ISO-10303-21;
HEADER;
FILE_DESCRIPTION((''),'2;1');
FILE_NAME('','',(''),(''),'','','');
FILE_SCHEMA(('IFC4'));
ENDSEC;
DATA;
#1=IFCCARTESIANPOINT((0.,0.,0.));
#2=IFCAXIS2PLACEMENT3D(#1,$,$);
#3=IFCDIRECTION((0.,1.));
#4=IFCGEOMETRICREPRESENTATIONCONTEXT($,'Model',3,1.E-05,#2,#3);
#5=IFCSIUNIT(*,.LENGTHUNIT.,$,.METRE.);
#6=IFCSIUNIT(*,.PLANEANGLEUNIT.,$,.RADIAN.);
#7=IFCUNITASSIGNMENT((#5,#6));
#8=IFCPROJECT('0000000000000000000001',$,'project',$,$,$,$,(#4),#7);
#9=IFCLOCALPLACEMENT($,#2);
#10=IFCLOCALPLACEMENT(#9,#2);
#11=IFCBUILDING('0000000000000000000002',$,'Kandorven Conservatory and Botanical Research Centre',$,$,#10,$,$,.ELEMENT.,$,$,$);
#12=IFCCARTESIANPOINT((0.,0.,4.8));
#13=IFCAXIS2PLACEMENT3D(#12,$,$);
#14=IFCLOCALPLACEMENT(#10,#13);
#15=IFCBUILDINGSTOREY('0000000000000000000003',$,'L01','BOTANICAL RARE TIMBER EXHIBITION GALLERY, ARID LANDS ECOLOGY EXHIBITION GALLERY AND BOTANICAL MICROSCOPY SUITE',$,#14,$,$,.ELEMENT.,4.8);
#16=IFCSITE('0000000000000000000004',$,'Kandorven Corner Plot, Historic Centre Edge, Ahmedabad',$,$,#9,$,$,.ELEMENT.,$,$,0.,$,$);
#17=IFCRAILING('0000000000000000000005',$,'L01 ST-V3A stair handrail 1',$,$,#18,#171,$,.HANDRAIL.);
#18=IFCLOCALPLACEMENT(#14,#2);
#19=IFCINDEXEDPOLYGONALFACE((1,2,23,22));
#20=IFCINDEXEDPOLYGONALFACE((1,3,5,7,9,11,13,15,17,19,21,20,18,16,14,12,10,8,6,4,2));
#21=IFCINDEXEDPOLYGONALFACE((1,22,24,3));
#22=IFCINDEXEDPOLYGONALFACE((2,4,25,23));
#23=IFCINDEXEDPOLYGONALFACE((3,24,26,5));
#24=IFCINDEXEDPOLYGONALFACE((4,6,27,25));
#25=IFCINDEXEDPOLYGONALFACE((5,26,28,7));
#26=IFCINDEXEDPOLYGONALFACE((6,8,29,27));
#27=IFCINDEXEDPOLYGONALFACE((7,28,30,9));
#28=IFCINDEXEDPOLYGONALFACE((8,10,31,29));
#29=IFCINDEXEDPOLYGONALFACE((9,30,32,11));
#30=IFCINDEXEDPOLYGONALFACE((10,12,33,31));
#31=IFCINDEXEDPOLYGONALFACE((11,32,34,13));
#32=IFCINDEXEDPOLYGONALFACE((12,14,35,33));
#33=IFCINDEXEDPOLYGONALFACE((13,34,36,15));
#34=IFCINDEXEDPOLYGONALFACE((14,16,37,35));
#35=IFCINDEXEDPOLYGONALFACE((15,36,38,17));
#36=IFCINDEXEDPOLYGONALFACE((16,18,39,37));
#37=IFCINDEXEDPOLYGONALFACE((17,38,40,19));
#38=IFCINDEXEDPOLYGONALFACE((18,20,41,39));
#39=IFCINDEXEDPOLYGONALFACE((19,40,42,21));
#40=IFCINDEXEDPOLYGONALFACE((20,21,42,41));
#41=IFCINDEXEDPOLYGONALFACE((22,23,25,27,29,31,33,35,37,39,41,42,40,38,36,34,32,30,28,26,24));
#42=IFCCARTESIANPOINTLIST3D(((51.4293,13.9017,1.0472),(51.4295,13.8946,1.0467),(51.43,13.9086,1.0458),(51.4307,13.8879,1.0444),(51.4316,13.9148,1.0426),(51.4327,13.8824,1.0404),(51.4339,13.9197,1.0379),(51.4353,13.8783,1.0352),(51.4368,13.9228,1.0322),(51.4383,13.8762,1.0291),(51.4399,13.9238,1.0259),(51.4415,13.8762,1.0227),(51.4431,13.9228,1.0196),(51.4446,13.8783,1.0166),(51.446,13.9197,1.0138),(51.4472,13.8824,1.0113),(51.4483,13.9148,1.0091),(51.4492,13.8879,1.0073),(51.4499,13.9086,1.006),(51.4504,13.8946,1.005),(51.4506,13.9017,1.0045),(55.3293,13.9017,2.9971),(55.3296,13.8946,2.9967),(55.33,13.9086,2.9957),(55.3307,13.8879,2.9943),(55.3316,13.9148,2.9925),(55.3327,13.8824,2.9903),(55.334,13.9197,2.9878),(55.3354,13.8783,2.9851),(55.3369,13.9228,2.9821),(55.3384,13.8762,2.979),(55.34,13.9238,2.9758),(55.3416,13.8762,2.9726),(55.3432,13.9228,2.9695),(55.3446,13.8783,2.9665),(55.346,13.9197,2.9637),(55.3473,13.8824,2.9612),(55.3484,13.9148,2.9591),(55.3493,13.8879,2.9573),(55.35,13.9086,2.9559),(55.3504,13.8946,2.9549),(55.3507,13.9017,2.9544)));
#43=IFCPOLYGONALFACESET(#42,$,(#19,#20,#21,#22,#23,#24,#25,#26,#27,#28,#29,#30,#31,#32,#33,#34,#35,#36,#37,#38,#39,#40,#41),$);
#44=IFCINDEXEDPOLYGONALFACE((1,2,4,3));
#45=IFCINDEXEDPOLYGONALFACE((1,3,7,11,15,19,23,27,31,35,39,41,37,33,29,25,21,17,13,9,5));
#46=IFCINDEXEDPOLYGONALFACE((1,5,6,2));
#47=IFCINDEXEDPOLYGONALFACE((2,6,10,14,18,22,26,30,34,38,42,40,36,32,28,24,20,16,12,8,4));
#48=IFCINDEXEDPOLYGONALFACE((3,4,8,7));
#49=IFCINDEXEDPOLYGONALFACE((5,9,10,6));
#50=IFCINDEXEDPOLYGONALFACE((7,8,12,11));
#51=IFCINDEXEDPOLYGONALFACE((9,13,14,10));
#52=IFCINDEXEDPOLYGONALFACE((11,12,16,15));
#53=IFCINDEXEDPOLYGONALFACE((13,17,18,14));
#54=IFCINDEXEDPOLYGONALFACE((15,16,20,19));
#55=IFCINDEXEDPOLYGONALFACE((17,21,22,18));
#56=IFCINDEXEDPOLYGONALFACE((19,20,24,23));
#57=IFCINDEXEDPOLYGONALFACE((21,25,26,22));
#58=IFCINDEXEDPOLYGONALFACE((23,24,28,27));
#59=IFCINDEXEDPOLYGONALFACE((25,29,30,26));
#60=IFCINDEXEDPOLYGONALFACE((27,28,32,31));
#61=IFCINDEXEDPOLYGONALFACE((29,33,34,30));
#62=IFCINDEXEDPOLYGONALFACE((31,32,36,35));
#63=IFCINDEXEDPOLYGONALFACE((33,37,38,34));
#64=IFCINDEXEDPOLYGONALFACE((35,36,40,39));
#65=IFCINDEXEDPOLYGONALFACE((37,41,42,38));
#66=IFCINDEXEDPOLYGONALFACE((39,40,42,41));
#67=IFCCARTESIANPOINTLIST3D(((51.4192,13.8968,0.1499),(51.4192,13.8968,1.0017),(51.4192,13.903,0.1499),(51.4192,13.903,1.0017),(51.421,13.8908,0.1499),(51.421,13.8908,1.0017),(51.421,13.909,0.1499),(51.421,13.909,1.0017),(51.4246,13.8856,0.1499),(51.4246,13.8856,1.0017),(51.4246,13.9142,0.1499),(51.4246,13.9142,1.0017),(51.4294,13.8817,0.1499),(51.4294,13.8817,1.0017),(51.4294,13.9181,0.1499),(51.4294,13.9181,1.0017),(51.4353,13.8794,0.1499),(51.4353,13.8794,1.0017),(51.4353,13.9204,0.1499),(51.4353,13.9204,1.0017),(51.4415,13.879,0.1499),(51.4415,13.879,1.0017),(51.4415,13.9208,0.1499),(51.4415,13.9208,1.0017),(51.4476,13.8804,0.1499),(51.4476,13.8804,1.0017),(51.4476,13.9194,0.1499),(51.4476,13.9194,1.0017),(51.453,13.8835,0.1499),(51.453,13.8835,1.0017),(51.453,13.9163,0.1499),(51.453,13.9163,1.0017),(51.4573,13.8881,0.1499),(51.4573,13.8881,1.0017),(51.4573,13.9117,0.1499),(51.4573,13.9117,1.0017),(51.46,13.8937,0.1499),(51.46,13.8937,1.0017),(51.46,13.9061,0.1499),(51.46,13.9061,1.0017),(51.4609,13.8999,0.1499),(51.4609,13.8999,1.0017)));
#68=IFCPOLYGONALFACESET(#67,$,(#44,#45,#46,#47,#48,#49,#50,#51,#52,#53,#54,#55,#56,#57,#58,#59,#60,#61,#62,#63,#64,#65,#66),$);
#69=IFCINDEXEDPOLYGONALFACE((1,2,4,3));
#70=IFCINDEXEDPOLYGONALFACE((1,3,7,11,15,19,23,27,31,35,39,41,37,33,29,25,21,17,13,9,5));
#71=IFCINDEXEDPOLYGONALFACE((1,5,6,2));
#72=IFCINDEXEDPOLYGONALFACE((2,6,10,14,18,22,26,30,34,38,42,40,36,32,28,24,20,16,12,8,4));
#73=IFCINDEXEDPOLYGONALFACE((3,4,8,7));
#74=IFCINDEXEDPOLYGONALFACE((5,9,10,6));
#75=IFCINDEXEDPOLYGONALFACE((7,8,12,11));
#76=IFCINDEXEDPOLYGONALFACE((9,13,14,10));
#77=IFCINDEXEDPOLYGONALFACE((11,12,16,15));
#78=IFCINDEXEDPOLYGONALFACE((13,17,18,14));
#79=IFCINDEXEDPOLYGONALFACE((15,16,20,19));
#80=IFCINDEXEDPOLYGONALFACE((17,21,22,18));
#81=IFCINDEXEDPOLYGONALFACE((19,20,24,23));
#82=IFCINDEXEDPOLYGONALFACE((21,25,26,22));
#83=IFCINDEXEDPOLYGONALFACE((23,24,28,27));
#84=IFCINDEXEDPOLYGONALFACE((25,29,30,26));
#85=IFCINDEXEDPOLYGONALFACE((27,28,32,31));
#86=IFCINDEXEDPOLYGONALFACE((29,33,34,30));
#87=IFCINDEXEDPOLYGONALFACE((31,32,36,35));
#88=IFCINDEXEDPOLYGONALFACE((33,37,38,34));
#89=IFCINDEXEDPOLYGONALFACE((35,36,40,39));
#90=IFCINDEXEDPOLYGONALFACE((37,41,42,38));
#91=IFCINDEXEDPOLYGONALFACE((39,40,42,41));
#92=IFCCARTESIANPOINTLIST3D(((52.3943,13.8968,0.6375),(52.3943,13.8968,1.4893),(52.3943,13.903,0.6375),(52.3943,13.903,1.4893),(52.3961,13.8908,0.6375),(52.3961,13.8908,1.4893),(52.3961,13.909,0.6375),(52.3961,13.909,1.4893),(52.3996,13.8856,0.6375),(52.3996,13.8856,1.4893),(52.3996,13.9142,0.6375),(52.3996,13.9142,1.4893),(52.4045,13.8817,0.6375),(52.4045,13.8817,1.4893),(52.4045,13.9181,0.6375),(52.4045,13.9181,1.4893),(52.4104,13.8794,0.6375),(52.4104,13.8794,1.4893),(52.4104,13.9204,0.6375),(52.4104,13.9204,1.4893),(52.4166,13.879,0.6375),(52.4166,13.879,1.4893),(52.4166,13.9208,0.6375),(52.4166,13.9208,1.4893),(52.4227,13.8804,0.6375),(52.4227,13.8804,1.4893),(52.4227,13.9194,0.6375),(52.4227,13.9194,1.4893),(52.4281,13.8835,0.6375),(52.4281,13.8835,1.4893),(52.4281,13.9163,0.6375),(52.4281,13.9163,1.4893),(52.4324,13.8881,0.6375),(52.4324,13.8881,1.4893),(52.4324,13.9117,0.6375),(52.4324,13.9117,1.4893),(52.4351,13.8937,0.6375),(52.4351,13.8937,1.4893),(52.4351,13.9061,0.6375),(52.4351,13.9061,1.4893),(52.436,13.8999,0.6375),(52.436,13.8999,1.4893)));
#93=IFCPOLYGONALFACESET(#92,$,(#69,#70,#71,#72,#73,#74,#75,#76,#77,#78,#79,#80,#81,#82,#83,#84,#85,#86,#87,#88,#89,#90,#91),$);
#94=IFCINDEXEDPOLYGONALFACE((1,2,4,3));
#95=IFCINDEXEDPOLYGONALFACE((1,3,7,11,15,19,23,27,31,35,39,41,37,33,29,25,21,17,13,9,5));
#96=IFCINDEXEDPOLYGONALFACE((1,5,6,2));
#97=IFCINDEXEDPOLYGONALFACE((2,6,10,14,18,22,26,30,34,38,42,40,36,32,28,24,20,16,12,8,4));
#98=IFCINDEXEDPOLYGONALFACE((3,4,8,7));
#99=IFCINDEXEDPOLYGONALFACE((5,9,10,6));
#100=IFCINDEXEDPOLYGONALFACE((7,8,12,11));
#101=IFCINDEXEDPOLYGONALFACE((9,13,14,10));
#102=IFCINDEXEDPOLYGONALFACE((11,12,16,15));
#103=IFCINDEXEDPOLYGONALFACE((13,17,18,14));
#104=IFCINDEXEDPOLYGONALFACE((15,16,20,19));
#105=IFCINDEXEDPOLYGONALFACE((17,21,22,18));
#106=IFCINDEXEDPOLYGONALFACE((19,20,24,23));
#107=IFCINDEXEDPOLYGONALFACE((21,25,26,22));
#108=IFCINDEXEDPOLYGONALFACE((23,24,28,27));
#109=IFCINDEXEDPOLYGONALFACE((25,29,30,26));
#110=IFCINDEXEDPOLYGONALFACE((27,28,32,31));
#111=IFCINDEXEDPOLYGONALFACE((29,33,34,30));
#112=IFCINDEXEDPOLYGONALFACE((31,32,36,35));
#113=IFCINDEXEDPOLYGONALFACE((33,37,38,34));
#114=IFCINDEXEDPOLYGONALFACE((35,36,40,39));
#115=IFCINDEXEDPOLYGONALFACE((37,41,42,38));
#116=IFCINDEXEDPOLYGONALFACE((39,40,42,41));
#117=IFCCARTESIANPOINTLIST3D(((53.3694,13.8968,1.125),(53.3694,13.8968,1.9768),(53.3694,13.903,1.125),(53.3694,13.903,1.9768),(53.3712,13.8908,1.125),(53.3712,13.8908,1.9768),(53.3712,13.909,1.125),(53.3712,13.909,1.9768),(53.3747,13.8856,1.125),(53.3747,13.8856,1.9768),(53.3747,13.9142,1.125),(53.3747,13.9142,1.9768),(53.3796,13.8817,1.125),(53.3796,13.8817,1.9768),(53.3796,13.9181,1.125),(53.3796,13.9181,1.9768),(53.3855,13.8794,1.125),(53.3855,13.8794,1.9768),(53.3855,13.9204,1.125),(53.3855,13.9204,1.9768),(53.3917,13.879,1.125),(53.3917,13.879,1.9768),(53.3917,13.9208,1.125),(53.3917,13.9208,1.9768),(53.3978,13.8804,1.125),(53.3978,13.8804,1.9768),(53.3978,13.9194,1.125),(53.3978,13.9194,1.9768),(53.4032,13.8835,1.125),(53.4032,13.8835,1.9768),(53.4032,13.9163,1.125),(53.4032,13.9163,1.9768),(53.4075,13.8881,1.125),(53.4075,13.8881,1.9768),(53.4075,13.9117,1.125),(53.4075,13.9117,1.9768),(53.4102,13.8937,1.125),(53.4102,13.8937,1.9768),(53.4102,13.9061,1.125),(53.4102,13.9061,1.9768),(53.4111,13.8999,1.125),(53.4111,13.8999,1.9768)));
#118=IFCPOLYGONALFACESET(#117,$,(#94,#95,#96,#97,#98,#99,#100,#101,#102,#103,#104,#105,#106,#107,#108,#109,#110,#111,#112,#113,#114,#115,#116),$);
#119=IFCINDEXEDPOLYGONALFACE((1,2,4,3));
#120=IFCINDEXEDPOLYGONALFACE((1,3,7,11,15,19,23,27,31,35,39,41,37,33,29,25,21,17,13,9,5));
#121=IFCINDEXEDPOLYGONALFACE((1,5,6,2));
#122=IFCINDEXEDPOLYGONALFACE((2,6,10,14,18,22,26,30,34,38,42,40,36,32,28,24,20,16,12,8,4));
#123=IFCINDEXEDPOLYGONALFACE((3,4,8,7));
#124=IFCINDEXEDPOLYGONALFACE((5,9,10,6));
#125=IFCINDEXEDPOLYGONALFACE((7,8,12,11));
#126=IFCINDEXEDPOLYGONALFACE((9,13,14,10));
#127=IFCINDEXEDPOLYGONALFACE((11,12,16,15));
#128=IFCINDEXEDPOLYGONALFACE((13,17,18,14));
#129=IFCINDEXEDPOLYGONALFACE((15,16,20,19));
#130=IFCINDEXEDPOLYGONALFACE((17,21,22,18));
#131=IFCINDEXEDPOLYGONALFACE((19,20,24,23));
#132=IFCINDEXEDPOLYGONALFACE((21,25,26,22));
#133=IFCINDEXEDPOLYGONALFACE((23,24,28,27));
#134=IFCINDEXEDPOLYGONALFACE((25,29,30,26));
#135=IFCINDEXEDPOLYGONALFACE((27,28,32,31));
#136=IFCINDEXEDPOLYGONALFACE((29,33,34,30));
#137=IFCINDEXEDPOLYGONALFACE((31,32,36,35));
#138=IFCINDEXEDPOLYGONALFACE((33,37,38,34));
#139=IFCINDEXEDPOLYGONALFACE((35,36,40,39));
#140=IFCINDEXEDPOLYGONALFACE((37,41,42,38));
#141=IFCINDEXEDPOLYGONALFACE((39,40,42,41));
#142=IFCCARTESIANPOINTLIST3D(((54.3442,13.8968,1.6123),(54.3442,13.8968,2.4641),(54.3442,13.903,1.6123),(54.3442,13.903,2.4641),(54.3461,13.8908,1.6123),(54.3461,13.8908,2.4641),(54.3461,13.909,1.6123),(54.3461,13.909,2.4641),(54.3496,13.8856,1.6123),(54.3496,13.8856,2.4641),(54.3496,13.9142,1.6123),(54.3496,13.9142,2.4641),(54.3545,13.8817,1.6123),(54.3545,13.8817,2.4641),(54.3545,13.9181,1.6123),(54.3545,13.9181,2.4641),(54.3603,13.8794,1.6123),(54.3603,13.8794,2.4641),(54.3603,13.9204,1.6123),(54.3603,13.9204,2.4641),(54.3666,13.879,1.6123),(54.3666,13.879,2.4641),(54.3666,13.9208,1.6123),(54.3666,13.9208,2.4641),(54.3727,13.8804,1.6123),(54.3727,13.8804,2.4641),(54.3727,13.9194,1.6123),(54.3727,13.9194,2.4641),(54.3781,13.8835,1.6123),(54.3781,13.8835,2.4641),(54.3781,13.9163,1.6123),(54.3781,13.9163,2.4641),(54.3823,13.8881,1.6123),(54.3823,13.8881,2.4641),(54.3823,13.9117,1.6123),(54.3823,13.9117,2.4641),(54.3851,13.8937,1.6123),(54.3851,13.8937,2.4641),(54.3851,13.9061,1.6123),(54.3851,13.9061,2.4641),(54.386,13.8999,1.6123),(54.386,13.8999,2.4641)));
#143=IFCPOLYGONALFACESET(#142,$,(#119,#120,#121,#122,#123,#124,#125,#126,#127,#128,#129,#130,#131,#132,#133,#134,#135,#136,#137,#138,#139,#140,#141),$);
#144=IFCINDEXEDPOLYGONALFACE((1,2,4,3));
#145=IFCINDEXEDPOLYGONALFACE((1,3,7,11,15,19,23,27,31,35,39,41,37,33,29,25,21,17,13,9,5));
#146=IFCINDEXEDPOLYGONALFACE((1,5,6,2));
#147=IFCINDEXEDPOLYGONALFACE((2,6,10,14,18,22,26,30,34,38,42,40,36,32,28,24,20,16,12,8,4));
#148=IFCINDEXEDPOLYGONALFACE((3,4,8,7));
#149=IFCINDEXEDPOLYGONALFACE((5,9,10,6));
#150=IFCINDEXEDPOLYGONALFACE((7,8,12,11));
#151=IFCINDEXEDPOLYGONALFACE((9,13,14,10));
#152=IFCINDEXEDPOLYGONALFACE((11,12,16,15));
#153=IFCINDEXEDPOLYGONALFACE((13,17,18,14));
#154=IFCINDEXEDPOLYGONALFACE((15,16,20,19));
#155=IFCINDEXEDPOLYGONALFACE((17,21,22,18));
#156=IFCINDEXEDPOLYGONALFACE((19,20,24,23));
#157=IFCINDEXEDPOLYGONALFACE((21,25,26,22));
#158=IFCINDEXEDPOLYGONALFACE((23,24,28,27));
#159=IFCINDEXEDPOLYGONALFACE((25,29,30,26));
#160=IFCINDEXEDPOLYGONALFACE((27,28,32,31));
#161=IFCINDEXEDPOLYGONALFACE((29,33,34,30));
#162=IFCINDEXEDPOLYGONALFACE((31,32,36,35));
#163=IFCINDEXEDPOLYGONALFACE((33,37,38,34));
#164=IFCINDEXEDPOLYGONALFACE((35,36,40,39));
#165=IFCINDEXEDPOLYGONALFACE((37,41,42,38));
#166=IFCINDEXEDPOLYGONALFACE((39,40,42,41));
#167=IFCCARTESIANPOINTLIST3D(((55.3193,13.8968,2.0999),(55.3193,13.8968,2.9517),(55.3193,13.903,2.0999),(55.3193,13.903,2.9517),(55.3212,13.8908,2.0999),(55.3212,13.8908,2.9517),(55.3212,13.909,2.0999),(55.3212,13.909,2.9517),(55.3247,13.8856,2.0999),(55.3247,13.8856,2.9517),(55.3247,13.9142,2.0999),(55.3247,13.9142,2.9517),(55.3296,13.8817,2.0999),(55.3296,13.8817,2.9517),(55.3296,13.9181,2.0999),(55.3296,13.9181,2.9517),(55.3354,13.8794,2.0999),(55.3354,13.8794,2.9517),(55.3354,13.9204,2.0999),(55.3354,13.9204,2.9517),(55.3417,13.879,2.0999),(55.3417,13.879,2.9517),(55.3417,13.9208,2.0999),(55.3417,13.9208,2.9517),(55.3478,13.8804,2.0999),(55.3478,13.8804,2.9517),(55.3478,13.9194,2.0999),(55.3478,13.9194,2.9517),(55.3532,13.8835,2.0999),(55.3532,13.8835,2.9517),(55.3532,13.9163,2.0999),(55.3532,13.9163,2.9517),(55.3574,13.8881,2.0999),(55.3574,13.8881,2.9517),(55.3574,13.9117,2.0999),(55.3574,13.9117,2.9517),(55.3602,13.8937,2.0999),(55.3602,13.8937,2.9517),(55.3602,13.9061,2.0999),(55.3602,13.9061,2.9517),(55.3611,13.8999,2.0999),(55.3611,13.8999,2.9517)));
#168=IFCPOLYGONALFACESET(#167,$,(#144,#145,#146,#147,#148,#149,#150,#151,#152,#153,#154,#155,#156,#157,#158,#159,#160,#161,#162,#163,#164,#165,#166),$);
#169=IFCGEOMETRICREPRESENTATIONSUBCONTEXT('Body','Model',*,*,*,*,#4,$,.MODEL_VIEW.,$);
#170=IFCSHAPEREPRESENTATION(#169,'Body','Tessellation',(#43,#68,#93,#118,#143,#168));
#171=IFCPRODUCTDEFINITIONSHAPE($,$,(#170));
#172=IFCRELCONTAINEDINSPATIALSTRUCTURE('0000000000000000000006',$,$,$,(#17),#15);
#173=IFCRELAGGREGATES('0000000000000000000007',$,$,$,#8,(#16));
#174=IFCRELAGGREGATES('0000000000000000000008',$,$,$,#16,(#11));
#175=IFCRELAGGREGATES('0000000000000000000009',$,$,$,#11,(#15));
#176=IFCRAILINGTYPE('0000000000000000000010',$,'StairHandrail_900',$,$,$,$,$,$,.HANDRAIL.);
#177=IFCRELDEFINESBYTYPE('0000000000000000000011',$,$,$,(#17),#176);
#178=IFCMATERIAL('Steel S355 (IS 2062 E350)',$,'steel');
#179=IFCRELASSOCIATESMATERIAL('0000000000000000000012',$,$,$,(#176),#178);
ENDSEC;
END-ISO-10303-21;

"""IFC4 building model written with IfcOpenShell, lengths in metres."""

from ifc_helpers import new_model, si_unit, direction, frame, origin, origin_2d, place, context, subcontext, project, spatial, circle, extrude, material, type_object, element, save


model = new_model("IFC4")

# Units and contexts
model_context = context("Model", 3, precision=1e-05, world=origin(), true_north=direction((0.0, 1.0)))
body_context = subcontext(model_context, "Body", "Model", "MODEL_VIEW")
ifc_project = project(units=[si_unit("LENGTHUNIT", "METRE"), si_unit("PLANEANGLEUNIT", "RADIAN")], contexts=[model_context])

# Site, building, storey
site_placement = place(None, origin())
site = spatial("IfcSite", under=ifc_project, at=site_placement, Name="Kandorven Corner Plot, Historic Centre Edge, Ahmedabad", CompositionType="ELEMENT", RefElevation=0.0)
building_placement = place(site_placement, origin())
building = spatial("IfcBuilding", under=site, at=building_placement, Name="Kandorven Conservatory and Botanical Research Centre", CompositionType="ELEMENT")
storey_placement = place(building_placement, frame((0.0, 0.0, 4.8)))
storey = spatial("IfcBuildingStorey", under=building, at=storey_placement, Name="L01", Description="BOTANICAL RARE TIMBER EXHIBITION GALLERY, ARID LANDS ECOLOGY EXHIBITION GALLERY AND BOTANICAL MICROSCOPY SUITE", CompositionType="ELEMENT", Elevation=4.8)

# Railing
ifc_material_1 = material(Name="Steel S355 (IS 2062 E350)", Category="steel")
railing_type_1 = type_object("IfcRailingType", Name="StairHandrail_900", PredefinedType="HANDRAIL", material=ifc_material_1)
railing_1_placement = place(storey_placement, frame((51.4399, 13.8999, 0.1499)))
element("IfcRailing", 1, at=railing_1_placement, inside=storey, type_object=railing_type_1, Name="L01 ST-V3A stair handrail 1", PredefinedType="HANDRAIL", context=body_context, shape_type="SweptSolid", body=[
    extrude(circle(Radius=0.0239, at=origin_2d()), frame((0.0, 0.0, 0.876), z_axis=(0.894438, 0.0, 0.447191), x_axis=(0.0, 1.0, 0.0)), (0.0, 0.0, 1.0), 4.3604),
    extrude(circle(Radius=0.021, at=origin_2d()), origin(), (0.0, 0.0, 1.0), 0.8518),
    extrude(circle(Radius=0.021, at=origin_2d()), frame((0.9751, 0.0, 0.4875)), (0.0, 0.0, 1.0), 0.8518),
    extrude(circle(Radius=0.021, at=origin_2d()), frame((1.9502, 0.0, 0.9751)), (0.0, 0.0, 1.0), 0.8518),
    extrude(circle(Radius=0.021, at=origin_2d()), frame((2.925, 0.0, 1.4624)), (0.0, 0.0, 1.0), 0.8518),
    extrude(circle(Radius=0.021, at=origin_2d()), frame((3.9001, 0.0, 1.95)), (0.0, 0.0, 1.0), 0.8518),
])

save(model, "model.ifc")
